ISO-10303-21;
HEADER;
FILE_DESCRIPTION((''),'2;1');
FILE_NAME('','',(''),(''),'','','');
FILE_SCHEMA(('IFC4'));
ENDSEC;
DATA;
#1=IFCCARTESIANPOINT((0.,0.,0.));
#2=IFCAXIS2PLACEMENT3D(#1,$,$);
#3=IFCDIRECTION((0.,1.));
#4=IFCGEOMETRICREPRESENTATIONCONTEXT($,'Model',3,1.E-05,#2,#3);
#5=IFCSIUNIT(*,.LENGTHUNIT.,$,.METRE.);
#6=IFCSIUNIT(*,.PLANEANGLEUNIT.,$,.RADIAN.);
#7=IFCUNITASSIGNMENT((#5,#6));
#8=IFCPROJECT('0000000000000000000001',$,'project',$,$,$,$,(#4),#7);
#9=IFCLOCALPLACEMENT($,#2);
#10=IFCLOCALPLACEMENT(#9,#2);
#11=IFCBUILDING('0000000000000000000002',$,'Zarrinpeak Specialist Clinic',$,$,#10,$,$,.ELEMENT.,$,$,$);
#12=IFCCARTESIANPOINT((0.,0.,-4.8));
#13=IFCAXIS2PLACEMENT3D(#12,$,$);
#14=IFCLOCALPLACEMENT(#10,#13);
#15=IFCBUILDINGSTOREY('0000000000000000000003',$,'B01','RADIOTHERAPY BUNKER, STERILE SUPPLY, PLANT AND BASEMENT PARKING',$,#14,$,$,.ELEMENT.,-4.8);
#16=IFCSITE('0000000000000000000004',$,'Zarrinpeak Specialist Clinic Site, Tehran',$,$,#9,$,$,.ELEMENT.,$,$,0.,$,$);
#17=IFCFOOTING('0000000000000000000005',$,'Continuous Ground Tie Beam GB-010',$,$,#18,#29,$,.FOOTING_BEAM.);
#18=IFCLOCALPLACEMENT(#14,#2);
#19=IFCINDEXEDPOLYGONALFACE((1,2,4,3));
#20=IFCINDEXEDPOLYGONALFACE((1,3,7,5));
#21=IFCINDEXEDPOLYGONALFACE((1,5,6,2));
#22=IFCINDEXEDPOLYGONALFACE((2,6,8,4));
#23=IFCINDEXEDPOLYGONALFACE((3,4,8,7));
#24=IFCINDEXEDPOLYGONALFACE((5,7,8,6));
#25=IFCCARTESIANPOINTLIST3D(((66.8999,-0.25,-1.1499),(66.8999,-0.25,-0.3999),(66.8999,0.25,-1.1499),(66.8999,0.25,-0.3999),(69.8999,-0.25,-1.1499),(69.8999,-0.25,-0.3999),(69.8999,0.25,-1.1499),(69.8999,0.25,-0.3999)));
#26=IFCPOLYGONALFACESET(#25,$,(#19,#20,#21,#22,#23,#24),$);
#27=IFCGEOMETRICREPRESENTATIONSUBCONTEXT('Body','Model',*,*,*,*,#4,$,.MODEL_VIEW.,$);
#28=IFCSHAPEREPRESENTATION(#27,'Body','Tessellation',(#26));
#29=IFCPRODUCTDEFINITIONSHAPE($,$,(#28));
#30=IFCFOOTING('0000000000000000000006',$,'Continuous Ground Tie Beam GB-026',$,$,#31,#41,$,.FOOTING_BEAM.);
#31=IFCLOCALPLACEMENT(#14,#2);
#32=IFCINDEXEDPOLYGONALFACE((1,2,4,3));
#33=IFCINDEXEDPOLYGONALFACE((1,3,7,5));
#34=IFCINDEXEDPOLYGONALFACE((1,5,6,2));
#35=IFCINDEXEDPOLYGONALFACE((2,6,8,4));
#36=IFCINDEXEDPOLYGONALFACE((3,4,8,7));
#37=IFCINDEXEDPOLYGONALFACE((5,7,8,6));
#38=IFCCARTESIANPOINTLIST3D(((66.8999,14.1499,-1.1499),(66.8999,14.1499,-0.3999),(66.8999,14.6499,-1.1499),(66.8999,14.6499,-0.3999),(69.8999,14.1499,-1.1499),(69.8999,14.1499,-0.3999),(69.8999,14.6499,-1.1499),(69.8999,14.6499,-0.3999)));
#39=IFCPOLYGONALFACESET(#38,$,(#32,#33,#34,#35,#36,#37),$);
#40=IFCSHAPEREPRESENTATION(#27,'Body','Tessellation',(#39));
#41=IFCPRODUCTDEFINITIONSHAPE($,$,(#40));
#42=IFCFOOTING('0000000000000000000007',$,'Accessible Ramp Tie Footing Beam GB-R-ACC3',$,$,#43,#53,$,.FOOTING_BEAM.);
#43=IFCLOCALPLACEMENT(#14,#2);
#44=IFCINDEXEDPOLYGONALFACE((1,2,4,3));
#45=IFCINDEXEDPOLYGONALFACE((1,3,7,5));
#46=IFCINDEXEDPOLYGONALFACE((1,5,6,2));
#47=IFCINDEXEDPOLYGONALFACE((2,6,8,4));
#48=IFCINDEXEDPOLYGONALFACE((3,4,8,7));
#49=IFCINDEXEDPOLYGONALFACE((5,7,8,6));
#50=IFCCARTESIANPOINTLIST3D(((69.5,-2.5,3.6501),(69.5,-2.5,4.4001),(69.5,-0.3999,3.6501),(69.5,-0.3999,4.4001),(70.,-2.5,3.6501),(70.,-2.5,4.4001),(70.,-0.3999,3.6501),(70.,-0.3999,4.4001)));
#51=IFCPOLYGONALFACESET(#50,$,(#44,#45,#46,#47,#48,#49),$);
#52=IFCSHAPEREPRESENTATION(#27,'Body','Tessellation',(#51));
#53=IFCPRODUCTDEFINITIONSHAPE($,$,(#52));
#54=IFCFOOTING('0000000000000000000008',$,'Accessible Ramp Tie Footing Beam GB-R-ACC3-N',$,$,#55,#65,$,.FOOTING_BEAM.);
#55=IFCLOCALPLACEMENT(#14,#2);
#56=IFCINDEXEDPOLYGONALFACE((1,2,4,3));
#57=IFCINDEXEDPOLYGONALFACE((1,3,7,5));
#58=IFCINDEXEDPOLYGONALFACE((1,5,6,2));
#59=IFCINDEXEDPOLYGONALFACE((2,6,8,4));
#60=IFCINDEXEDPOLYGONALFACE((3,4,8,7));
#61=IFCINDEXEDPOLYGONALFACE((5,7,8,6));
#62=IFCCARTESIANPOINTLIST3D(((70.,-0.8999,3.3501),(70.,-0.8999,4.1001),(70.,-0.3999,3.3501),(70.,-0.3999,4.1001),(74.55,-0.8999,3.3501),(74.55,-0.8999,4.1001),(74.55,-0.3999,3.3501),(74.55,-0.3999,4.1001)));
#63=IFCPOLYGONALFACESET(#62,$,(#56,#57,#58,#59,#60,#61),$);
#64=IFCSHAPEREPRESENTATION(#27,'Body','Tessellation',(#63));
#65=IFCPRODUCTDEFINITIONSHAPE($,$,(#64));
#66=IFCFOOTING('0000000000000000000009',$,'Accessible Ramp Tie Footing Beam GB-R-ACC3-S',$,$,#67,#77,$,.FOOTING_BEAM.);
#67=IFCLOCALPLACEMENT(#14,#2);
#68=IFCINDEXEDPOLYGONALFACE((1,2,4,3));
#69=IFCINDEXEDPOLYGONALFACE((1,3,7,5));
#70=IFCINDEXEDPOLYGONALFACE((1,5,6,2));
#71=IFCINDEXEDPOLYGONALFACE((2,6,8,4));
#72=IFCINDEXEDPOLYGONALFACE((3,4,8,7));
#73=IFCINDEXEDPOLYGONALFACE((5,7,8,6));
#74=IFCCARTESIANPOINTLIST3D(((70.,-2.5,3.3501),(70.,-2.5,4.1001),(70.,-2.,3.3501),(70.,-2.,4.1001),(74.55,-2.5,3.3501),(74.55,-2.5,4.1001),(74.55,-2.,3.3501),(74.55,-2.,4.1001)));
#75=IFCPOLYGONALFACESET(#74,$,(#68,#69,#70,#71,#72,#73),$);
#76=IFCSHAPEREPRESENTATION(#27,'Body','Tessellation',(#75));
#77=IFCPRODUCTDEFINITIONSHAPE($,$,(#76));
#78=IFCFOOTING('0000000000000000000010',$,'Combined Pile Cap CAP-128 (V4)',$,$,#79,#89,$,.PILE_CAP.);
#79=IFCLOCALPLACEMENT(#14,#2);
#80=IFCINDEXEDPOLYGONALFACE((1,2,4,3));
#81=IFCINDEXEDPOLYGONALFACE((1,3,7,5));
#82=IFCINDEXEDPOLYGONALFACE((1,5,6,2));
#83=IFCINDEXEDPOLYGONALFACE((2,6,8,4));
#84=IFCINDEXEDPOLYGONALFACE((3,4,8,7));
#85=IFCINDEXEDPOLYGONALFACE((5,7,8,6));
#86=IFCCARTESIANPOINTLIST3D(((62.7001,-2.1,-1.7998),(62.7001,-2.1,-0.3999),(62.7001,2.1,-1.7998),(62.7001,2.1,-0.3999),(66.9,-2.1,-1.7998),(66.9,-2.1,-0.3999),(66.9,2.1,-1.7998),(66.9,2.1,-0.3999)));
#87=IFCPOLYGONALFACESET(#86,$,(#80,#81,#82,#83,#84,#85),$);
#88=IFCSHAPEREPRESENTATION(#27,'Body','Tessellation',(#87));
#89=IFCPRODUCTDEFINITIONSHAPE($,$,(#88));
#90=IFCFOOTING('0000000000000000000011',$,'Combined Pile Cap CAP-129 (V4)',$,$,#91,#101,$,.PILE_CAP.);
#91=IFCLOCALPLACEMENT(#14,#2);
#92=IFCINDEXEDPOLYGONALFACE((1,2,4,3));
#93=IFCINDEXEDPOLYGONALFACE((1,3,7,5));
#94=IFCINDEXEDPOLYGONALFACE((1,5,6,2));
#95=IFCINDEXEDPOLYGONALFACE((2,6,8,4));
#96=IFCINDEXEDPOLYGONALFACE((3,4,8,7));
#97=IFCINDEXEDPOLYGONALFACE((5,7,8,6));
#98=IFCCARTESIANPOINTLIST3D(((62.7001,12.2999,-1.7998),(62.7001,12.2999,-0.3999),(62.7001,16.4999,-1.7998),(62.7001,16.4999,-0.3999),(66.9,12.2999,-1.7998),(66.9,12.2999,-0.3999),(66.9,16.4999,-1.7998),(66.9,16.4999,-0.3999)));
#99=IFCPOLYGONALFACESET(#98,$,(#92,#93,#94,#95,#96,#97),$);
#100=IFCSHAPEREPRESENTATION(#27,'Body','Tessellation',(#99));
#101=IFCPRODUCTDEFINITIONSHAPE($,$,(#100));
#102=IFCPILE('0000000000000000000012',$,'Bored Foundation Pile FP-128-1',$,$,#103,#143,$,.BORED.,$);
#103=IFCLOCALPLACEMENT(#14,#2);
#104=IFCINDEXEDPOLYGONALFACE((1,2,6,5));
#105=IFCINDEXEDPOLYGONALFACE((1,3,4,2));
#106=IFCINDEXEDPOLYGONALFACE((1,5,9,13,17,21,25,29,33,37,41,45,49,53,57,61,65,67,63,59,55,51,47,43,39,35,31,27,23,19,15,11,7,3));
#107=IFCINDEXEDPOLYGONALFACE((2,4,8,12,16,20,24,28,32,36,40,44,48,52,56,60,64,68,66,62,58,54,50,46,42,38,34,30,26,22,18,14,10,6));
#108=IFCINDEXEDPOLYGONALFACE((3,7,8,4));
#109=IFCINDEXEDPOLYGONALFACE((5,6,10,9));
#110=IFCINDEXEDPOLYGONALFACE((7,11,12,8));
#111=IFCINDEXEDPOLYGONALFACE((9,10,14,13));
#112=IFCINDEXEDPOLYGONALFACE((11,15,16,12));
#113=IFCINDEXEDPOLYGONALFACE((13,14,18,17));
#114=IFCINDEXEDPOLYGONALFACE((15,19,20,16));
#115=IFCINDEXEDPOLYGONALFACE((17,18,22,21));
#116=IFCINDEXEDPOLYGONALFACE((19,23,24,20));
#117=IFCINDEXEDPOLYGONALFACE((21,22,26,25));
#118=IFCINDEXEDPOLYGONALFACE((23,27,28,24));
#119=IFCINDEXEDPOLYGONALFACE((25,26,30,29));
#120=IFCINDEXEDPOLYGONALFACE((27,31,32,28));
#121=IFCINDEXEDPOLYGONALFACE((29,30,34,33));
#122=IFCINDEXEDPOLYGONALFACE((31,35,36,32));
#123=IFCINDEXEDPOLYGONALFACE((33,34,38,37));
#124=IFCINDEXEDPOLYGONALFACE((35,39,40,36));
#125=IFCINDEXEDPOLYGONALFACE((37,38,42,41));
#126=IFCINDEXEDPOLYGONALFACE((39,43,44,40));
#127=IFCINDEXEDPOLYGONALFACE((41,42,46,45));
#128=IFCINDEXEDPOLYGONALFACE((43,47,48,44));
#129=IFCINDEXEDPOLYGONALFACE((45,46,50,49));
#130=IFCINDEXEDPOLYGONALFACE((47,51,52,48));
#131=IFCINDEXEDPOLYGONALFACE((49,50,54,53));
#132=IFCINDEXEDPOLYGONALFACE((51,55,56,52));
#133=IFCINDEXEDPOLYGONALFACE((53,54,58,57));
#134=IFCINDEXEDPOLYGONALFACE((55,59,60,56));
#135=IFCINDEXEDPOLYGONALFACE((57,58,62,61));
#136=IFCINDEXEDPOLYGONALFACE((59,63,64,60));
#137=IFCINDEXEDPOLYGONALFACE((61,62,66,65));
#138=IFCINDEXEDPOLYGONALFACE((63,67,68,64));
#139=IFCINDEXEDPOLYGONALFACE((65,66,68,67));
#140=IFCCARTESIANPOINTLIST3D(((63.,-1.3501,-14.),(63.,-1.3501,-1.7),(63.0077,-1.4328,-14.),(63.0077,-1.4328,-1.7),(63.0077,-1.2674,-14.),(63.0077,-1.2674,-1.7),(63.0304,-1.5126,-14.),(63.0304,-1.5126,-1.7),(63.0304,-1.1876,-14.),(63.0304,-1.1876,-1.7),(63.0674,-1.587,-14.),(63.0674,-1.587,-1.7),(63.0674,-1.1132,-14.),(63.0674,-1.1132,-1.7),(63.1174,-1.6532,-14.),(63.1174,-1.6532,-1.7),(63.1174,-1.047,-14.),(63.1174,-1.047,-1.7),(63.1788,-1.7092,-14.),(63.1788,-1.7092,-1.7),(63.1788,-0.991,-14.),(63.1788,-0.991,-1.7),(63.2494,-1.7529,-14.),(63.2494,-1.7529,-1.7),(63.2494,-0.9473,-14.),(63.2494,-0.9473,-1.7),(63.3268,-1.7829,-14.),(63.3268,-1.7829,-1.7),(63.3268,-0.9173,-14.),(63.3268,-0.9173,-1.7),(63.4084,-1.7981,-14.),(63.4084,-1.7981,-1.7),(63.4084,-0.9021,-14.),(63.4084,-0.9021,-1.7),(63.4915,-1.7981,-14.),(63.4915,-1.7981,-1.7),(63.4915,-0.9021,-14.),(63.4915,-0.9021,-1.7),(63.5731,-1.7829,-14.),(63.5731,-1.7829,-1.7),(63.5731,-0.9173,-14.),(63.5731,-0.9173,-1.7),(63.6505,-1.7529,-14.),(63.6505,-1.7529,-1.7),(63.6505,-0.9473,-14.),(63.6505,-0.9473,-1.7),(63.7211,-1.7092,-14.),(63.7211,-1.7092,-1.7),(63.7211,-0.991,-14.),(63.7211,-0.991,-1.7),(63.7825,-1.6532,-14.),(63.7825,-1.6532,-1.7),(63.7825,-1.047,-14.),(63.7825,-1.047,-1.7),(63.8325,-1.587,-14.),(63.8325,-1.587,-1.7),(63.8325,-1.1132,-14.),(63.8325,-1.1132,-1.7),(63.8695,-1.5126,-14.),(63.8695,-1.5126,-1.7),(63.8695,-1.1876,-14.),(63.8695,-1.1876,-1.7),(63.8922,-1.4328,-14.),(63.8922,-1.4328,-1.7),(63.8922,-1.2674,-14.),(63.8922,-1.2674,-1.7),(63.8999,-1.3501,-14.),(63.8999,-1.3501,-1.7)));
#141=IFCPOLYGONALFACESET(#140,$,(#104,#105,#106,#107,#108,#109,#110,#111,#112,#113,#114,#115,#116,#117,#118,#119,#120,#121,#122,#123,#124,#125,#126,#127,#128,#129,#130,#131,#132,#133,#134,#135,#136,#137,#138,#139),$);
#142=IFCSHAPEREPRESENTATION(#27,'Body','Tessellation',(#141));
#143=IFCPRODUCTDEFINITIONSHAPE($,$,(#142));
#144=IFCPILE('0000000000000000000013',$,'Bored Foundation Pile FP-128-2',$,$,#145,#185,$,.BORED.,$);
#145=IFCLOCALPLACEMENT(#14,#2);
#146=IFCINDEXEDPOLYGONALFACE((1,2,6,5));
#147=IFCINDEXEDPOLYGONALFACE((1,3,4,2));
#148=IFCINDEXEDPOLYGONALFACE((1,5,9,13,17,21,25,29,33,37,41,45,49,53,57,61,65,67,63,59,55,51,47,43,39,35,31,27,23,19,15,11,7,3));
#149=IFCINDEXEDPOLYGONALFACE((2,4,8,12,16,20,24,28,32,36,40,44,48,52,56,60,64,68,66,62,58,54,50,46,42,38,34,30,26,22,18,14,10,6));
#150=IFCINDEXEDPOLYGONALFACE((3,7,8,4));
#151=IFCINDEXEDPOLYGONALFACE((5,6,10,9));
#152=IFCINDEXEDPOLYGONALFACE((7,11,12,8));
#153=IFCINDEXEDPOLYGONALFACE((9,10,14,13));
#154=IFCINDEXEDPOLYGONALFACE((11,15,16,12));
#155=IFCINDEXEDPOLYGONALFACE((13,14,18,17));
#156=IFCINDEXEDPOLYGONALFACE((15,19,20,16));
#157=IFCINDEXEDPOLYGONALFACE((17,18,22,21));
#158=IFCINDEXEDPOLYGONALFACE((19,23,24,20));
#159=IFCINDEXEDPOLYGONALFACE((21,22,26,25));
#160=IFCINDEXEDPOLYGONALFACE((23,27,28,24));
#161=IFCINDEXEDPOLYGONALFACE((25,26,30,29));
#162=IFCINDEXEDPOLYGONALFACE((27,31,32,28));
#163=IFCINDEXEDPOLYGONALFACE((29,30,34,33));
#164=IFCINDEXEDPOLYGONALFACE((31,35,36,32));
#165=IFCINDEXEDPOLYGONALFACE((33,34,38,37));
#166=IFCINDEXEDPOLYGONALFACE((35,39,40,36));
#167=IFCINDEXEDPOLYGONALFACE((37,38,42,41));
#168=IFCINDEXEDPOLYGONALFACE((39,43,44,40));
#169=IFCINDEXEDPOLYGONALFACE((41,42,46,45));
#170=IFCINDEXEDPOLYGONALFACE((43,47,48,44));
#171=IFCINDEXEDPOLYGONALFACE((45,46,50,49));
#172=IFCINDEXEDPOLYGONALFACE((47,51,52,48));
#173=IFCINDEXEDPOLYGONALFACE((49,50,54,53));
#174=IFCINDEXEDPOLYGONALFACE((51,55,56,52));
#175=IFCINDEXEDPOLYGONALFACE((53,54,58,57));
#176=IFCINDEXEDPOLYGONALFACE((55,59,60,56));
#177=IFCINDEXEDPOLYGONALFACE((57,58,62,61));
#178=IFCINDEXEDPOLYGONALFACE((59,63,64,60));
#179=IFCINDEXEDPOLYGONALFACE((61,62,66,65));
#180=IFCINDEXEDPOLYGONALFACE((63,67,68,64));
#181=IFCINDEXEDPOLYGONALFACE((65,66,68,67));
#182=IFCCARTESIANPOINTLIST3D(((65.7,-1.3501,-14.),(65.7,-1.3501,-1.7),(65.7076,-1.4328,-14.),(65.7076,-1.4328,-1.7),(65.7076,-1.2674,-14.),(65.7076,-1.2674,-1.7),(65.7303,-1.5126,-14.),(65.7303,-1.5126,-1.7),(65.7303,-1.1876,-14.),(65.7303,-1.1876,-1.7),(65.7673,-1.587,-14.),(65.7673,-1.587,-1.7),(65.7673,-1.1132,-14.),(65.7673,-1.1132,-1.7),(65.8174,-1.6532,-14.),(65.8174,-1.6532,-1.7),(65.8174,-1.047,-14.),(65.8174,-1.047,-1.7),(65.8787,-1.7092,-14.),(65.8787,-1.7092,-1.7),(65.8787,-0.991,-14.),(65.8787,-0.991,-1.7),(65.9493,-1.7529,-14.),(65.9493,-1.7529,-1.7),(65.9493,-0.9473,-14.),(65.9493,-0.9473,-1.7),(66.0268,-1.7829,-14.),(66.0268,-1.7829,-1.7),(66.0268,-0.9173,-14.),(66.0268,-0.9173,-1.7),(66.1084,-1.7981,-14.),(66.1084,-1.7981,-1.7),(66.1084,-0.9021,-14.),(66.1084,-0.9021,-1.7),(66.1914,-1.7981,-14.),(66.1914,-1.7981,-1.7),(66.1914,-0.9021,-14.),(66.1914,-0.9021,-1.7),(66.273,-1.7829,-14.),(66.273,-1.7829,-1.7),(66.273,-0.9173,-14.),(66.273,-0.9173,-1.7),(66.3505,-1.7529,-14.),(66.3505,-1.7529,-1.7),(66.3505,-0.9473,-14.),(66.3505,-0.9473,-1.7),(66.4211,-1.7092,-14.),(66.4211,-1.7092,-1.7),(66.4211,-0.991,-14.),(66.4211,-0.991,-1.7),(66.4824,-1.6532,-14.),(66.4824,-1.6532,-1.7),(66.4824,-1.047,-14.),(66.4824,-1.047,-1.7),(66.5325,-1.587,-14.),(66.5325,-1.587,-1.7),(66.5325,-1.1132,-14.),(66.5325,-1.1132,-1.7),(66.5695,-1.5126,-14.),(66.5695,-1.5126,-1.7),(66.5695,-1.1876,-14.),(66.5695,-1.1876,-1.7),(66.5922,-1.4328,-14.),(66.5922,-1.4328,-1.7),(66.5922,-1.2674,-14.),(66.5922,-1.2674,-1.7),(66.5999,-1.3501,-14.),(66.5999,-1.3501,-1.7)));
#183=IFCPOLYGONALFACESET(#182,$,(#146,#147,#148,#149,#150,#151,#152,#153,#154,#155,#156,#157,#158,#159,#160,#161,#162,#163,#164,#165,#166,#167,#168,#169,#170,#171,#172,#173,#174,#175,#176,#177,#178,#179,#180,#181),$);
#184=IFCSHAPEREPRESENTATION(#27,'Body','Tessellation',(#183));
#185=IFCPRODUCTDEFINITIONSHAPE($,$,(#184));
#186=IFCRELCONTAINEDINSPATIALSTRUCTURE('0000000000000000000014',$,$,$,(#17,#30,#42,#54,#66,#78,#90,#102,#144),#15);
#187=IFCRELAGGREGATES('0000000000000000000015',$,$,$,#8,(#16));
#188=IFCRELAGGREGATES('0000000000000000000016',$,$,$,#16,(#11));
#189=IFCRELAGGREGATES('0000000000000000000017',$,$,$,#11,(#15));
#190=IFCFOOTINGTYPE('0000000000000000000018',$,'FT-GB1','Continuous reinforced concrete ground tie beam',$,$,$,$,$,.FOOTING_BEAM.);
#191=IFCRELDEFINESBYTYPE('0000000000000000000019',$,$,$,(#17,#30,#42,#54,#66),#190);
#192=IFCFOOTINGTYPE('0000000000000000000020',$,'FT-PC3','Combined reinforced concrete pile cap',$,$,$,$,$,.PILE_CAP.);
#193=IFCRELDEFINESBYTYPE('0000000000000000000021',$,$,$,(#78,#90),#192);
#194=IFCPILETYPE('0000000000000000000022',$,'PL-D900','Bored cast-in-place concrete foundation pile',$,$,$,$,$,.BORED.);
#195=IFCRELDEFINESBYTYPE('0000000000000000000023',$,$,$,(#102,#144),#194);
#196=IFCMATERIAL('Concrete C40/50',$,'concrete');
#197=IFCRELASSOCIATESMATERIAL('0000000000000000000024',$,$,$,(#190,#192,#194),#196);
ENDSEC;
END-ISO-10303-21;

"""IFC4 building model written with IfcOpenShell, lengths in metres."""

from ifc_helpers import new_model, si_unit, direction, frame, origin, origin_2d, place, context, subcontext, project, spatial, rectangle, circle, extrude, material, material_profile, profile_set, type_object, element, save


model = new_model("IFC4")

# Units and contexts
model_context = context("Model", 3, precision=1e-05, world=origin(), true_north=direction((0.0, 1.0)))
body_context = subcontext(model_context, "Body", "Model", "MODEL_VIEW")
ifc_project = project(units=[si_unit("LENGTHUNIT", "METRE"), si_unit("PLANEANGLEUNIT", "RADIAN")], contexts=[model_context])

# Site, building, storey
site_placement = place(None, origin())
site = spatial("IfcSite", under=ifc_project, at=site_placement, Name="Zarrinpeak Specialist Clinic Site, Tehran", CompositionType="ELEMENT", RefElevation=0.0)
building_placement = place(site_placement, origin())
building = spatial("IfcBuilding", under=site, at=building_placement, Name="Zarrinpeak Specialist Clinic", CompositionType="ELEMENT")
storey_placement = place(building_placement, frame((0.0, 0.0, -4.8)))
storey = spatial("IfcBuildingStorey", under=building, at=storey_placement, Name="B01", Description="RADIOTHERAPY BUNKER, STERILE SUPPLY, PLANT AND BASEMENT PARKING", CompositionType="ELEMENT", Elevation=-4.8)

# Footings
ifc_material_1 = material(Name="Concrete C40/50", Category="concrete")
ifc_material_profile_1 = material_profile(ifc_material_1, rectangle(XDim=0.5, YDim=0.75, at=origin_2d()), Name="RC 500x750")
ifc_profile_set_1 = profile_set([ifc_material_profile_1], Name="Concrete C40/50")
footing_type_1 = type_object("IfcFootingType", Name="FT-GB1", Description="Continuous reinforced concrete ground tie beam", PredefinedType="FOOTING_BEAM", material=ifc_profile_set_1)
for number, where, z_axis, x_axis, name in (
    (1, (66.8999, 0.0, -0.7749), (1.0, 0.0, 0.0), (0.0, 1.0, 0.0), "Continuous Ground Tie Beam GB-010"),
    (2, (66.8999, 14.3999, -0.7749), (1.0, 0.0, 0.0), (0.0, 1.0, 0.0), "Continuous Ground Tie Beam GB-026"),
):
    element("IfcFooting", number, at=place(storey_placement, frame(where, z_axis=z_axis, x_axis=x_axis)), inside=storey, type_object=footing_type_1, Name=name, PredefinedType="FOOTING_BEAM", context=body_context, shape_type="SweptSolid", body=[
        extrude(rectangle(XDim=0.5, YDim=0.75, at=origin_2d()), origin(), (0.0, 0.0, 1.0), 3.0),
    ])
footing_placement = place(storey_placement, frame((69.75, -2.5, 4.0251), z_axis=(0.0, 1.0, 0.0), x_axis=(-1.0, 0.0, 0.0)))
element("IfcFooting", 3, at=footing_placement, inside=storey, type_object=footing_type_1, Name="Accessible Ramp Tie Footing Beam GB-R-ACC3", PredefinedType="FOOTING_BEAM", context=body_context, shape_type="SweptSolid", body=[
    extrude(rectangle(XDim=0.5, YDim=0.75, at=origin_2d()), origin(), (0.0, 0.0, 1.0), 2.1001),
])
for number, where, z_axis, x_axis, name in (
    (4, (70.0, -0.6499, 3.7251), (1.0, 0.0, 0.0), (0.0, 1.0, 0.0), "Accessible Ramp Tie Footing Beam GB-R-ACC3-N"),
    (5, (70.0, -2.25, 3.7251), (1.0, 0.0, 0.0), (0.0, 1.0, 0.0), "Accessible Ramp Tie Footing Beam GB-R-ACC3-S"),
):
    element("IfcFooting", number, at=place(storey_placement, frame(where, z_axis=z_axis, x_axis=x_axis)), inside=storey, type_object=footing_type_1, Name=name, PredefinedType="FOOTING_BEAM", context=body_context, shape_type="SweptSolid", body=[
        extrude(rectangle(XDim=0.5, YDim=0.75, at=origin_2d()), origin(), (0.0, 0.0, 1.0), 4.55),
    ])
footing_type_2 = type_object("IfcFootingType", Name="FT-PC3", Description="Combined reinforced concrete pile cap", PredefinedType="PILE_CAP", material=ifc_material_1)
for number, where, z_axis, x_axis, name in (
    (6, (64.8, 0.0, -1.7998), (0.0, 0.0, 1.0), (1.0, 0.0, 0.0), "Combined Pile Cap CAP-128 (V4)"),
    (7, (64.8, 14.3999, -1.7998), (0.0, 0.0, 1.0), (1.0, 0.0, 0.0), "Combined Pile Cap CAP-129 (V4)"),
):
    element("IfcFooting", number, at=place(storey_placement, frame(where, z_axis=z_axis, x_axis=x_axis)), inside=storey, type_object=footing_type_2, Name=name, PredefinedType="PILE_CAP", context=body_context, shape_type="SweptSolid", body=[
        extrude(rectangle(XDim=4.2, YDim=4.2, at=origin_2d()), origin(), (0.0, 0.0, 1.0), 1.3999),
    ])

# Piles
ifc_material_profile_2 = material_profile(ifc_material_1, circle(Radius=0.45, at=origin_2d()), Name="BORED PILE D900")
ifc_profile_set_2 = profile_set([ifc_material_profile_2], Name="Concrete C40/50")
pile_type = type_object("IfcPileType", Name="PL-D900", Description="Bored cast-in-place concrete foundation pile", PredefinedType="BORED", material=ifc_profile_set_2)
for number, where, z_axis, x_axis, name in (
    (8, (63.45, -1.3501, -1.7), (0.0, 0.0, -1.0), (1.0, 0.0, 0.0), "Bored Foundation Pile FP-128-1"),
    (9, (66.1499, -1.3501, -1.7), (0.0, 0.0, -1.0), (1.0, 0.0, 0.0), "Bored Foundation Pile FP-128-2"),
):
    element("IfcPile", number, at=place(storey_placement, frame(where, z_axis=z_axis, x_axis=x_axis)), inside=storey, type_object=pile_type, Name=name, PredefinedType="BORED", context=body_context, shape_type="SweptSolid", body=[
        extrude(circle(Radius=0.45, at=origin_2d()), origin(), (0.0, 0.0, 1.0), 12.3),
    ])

save(model, "model.ifc")
